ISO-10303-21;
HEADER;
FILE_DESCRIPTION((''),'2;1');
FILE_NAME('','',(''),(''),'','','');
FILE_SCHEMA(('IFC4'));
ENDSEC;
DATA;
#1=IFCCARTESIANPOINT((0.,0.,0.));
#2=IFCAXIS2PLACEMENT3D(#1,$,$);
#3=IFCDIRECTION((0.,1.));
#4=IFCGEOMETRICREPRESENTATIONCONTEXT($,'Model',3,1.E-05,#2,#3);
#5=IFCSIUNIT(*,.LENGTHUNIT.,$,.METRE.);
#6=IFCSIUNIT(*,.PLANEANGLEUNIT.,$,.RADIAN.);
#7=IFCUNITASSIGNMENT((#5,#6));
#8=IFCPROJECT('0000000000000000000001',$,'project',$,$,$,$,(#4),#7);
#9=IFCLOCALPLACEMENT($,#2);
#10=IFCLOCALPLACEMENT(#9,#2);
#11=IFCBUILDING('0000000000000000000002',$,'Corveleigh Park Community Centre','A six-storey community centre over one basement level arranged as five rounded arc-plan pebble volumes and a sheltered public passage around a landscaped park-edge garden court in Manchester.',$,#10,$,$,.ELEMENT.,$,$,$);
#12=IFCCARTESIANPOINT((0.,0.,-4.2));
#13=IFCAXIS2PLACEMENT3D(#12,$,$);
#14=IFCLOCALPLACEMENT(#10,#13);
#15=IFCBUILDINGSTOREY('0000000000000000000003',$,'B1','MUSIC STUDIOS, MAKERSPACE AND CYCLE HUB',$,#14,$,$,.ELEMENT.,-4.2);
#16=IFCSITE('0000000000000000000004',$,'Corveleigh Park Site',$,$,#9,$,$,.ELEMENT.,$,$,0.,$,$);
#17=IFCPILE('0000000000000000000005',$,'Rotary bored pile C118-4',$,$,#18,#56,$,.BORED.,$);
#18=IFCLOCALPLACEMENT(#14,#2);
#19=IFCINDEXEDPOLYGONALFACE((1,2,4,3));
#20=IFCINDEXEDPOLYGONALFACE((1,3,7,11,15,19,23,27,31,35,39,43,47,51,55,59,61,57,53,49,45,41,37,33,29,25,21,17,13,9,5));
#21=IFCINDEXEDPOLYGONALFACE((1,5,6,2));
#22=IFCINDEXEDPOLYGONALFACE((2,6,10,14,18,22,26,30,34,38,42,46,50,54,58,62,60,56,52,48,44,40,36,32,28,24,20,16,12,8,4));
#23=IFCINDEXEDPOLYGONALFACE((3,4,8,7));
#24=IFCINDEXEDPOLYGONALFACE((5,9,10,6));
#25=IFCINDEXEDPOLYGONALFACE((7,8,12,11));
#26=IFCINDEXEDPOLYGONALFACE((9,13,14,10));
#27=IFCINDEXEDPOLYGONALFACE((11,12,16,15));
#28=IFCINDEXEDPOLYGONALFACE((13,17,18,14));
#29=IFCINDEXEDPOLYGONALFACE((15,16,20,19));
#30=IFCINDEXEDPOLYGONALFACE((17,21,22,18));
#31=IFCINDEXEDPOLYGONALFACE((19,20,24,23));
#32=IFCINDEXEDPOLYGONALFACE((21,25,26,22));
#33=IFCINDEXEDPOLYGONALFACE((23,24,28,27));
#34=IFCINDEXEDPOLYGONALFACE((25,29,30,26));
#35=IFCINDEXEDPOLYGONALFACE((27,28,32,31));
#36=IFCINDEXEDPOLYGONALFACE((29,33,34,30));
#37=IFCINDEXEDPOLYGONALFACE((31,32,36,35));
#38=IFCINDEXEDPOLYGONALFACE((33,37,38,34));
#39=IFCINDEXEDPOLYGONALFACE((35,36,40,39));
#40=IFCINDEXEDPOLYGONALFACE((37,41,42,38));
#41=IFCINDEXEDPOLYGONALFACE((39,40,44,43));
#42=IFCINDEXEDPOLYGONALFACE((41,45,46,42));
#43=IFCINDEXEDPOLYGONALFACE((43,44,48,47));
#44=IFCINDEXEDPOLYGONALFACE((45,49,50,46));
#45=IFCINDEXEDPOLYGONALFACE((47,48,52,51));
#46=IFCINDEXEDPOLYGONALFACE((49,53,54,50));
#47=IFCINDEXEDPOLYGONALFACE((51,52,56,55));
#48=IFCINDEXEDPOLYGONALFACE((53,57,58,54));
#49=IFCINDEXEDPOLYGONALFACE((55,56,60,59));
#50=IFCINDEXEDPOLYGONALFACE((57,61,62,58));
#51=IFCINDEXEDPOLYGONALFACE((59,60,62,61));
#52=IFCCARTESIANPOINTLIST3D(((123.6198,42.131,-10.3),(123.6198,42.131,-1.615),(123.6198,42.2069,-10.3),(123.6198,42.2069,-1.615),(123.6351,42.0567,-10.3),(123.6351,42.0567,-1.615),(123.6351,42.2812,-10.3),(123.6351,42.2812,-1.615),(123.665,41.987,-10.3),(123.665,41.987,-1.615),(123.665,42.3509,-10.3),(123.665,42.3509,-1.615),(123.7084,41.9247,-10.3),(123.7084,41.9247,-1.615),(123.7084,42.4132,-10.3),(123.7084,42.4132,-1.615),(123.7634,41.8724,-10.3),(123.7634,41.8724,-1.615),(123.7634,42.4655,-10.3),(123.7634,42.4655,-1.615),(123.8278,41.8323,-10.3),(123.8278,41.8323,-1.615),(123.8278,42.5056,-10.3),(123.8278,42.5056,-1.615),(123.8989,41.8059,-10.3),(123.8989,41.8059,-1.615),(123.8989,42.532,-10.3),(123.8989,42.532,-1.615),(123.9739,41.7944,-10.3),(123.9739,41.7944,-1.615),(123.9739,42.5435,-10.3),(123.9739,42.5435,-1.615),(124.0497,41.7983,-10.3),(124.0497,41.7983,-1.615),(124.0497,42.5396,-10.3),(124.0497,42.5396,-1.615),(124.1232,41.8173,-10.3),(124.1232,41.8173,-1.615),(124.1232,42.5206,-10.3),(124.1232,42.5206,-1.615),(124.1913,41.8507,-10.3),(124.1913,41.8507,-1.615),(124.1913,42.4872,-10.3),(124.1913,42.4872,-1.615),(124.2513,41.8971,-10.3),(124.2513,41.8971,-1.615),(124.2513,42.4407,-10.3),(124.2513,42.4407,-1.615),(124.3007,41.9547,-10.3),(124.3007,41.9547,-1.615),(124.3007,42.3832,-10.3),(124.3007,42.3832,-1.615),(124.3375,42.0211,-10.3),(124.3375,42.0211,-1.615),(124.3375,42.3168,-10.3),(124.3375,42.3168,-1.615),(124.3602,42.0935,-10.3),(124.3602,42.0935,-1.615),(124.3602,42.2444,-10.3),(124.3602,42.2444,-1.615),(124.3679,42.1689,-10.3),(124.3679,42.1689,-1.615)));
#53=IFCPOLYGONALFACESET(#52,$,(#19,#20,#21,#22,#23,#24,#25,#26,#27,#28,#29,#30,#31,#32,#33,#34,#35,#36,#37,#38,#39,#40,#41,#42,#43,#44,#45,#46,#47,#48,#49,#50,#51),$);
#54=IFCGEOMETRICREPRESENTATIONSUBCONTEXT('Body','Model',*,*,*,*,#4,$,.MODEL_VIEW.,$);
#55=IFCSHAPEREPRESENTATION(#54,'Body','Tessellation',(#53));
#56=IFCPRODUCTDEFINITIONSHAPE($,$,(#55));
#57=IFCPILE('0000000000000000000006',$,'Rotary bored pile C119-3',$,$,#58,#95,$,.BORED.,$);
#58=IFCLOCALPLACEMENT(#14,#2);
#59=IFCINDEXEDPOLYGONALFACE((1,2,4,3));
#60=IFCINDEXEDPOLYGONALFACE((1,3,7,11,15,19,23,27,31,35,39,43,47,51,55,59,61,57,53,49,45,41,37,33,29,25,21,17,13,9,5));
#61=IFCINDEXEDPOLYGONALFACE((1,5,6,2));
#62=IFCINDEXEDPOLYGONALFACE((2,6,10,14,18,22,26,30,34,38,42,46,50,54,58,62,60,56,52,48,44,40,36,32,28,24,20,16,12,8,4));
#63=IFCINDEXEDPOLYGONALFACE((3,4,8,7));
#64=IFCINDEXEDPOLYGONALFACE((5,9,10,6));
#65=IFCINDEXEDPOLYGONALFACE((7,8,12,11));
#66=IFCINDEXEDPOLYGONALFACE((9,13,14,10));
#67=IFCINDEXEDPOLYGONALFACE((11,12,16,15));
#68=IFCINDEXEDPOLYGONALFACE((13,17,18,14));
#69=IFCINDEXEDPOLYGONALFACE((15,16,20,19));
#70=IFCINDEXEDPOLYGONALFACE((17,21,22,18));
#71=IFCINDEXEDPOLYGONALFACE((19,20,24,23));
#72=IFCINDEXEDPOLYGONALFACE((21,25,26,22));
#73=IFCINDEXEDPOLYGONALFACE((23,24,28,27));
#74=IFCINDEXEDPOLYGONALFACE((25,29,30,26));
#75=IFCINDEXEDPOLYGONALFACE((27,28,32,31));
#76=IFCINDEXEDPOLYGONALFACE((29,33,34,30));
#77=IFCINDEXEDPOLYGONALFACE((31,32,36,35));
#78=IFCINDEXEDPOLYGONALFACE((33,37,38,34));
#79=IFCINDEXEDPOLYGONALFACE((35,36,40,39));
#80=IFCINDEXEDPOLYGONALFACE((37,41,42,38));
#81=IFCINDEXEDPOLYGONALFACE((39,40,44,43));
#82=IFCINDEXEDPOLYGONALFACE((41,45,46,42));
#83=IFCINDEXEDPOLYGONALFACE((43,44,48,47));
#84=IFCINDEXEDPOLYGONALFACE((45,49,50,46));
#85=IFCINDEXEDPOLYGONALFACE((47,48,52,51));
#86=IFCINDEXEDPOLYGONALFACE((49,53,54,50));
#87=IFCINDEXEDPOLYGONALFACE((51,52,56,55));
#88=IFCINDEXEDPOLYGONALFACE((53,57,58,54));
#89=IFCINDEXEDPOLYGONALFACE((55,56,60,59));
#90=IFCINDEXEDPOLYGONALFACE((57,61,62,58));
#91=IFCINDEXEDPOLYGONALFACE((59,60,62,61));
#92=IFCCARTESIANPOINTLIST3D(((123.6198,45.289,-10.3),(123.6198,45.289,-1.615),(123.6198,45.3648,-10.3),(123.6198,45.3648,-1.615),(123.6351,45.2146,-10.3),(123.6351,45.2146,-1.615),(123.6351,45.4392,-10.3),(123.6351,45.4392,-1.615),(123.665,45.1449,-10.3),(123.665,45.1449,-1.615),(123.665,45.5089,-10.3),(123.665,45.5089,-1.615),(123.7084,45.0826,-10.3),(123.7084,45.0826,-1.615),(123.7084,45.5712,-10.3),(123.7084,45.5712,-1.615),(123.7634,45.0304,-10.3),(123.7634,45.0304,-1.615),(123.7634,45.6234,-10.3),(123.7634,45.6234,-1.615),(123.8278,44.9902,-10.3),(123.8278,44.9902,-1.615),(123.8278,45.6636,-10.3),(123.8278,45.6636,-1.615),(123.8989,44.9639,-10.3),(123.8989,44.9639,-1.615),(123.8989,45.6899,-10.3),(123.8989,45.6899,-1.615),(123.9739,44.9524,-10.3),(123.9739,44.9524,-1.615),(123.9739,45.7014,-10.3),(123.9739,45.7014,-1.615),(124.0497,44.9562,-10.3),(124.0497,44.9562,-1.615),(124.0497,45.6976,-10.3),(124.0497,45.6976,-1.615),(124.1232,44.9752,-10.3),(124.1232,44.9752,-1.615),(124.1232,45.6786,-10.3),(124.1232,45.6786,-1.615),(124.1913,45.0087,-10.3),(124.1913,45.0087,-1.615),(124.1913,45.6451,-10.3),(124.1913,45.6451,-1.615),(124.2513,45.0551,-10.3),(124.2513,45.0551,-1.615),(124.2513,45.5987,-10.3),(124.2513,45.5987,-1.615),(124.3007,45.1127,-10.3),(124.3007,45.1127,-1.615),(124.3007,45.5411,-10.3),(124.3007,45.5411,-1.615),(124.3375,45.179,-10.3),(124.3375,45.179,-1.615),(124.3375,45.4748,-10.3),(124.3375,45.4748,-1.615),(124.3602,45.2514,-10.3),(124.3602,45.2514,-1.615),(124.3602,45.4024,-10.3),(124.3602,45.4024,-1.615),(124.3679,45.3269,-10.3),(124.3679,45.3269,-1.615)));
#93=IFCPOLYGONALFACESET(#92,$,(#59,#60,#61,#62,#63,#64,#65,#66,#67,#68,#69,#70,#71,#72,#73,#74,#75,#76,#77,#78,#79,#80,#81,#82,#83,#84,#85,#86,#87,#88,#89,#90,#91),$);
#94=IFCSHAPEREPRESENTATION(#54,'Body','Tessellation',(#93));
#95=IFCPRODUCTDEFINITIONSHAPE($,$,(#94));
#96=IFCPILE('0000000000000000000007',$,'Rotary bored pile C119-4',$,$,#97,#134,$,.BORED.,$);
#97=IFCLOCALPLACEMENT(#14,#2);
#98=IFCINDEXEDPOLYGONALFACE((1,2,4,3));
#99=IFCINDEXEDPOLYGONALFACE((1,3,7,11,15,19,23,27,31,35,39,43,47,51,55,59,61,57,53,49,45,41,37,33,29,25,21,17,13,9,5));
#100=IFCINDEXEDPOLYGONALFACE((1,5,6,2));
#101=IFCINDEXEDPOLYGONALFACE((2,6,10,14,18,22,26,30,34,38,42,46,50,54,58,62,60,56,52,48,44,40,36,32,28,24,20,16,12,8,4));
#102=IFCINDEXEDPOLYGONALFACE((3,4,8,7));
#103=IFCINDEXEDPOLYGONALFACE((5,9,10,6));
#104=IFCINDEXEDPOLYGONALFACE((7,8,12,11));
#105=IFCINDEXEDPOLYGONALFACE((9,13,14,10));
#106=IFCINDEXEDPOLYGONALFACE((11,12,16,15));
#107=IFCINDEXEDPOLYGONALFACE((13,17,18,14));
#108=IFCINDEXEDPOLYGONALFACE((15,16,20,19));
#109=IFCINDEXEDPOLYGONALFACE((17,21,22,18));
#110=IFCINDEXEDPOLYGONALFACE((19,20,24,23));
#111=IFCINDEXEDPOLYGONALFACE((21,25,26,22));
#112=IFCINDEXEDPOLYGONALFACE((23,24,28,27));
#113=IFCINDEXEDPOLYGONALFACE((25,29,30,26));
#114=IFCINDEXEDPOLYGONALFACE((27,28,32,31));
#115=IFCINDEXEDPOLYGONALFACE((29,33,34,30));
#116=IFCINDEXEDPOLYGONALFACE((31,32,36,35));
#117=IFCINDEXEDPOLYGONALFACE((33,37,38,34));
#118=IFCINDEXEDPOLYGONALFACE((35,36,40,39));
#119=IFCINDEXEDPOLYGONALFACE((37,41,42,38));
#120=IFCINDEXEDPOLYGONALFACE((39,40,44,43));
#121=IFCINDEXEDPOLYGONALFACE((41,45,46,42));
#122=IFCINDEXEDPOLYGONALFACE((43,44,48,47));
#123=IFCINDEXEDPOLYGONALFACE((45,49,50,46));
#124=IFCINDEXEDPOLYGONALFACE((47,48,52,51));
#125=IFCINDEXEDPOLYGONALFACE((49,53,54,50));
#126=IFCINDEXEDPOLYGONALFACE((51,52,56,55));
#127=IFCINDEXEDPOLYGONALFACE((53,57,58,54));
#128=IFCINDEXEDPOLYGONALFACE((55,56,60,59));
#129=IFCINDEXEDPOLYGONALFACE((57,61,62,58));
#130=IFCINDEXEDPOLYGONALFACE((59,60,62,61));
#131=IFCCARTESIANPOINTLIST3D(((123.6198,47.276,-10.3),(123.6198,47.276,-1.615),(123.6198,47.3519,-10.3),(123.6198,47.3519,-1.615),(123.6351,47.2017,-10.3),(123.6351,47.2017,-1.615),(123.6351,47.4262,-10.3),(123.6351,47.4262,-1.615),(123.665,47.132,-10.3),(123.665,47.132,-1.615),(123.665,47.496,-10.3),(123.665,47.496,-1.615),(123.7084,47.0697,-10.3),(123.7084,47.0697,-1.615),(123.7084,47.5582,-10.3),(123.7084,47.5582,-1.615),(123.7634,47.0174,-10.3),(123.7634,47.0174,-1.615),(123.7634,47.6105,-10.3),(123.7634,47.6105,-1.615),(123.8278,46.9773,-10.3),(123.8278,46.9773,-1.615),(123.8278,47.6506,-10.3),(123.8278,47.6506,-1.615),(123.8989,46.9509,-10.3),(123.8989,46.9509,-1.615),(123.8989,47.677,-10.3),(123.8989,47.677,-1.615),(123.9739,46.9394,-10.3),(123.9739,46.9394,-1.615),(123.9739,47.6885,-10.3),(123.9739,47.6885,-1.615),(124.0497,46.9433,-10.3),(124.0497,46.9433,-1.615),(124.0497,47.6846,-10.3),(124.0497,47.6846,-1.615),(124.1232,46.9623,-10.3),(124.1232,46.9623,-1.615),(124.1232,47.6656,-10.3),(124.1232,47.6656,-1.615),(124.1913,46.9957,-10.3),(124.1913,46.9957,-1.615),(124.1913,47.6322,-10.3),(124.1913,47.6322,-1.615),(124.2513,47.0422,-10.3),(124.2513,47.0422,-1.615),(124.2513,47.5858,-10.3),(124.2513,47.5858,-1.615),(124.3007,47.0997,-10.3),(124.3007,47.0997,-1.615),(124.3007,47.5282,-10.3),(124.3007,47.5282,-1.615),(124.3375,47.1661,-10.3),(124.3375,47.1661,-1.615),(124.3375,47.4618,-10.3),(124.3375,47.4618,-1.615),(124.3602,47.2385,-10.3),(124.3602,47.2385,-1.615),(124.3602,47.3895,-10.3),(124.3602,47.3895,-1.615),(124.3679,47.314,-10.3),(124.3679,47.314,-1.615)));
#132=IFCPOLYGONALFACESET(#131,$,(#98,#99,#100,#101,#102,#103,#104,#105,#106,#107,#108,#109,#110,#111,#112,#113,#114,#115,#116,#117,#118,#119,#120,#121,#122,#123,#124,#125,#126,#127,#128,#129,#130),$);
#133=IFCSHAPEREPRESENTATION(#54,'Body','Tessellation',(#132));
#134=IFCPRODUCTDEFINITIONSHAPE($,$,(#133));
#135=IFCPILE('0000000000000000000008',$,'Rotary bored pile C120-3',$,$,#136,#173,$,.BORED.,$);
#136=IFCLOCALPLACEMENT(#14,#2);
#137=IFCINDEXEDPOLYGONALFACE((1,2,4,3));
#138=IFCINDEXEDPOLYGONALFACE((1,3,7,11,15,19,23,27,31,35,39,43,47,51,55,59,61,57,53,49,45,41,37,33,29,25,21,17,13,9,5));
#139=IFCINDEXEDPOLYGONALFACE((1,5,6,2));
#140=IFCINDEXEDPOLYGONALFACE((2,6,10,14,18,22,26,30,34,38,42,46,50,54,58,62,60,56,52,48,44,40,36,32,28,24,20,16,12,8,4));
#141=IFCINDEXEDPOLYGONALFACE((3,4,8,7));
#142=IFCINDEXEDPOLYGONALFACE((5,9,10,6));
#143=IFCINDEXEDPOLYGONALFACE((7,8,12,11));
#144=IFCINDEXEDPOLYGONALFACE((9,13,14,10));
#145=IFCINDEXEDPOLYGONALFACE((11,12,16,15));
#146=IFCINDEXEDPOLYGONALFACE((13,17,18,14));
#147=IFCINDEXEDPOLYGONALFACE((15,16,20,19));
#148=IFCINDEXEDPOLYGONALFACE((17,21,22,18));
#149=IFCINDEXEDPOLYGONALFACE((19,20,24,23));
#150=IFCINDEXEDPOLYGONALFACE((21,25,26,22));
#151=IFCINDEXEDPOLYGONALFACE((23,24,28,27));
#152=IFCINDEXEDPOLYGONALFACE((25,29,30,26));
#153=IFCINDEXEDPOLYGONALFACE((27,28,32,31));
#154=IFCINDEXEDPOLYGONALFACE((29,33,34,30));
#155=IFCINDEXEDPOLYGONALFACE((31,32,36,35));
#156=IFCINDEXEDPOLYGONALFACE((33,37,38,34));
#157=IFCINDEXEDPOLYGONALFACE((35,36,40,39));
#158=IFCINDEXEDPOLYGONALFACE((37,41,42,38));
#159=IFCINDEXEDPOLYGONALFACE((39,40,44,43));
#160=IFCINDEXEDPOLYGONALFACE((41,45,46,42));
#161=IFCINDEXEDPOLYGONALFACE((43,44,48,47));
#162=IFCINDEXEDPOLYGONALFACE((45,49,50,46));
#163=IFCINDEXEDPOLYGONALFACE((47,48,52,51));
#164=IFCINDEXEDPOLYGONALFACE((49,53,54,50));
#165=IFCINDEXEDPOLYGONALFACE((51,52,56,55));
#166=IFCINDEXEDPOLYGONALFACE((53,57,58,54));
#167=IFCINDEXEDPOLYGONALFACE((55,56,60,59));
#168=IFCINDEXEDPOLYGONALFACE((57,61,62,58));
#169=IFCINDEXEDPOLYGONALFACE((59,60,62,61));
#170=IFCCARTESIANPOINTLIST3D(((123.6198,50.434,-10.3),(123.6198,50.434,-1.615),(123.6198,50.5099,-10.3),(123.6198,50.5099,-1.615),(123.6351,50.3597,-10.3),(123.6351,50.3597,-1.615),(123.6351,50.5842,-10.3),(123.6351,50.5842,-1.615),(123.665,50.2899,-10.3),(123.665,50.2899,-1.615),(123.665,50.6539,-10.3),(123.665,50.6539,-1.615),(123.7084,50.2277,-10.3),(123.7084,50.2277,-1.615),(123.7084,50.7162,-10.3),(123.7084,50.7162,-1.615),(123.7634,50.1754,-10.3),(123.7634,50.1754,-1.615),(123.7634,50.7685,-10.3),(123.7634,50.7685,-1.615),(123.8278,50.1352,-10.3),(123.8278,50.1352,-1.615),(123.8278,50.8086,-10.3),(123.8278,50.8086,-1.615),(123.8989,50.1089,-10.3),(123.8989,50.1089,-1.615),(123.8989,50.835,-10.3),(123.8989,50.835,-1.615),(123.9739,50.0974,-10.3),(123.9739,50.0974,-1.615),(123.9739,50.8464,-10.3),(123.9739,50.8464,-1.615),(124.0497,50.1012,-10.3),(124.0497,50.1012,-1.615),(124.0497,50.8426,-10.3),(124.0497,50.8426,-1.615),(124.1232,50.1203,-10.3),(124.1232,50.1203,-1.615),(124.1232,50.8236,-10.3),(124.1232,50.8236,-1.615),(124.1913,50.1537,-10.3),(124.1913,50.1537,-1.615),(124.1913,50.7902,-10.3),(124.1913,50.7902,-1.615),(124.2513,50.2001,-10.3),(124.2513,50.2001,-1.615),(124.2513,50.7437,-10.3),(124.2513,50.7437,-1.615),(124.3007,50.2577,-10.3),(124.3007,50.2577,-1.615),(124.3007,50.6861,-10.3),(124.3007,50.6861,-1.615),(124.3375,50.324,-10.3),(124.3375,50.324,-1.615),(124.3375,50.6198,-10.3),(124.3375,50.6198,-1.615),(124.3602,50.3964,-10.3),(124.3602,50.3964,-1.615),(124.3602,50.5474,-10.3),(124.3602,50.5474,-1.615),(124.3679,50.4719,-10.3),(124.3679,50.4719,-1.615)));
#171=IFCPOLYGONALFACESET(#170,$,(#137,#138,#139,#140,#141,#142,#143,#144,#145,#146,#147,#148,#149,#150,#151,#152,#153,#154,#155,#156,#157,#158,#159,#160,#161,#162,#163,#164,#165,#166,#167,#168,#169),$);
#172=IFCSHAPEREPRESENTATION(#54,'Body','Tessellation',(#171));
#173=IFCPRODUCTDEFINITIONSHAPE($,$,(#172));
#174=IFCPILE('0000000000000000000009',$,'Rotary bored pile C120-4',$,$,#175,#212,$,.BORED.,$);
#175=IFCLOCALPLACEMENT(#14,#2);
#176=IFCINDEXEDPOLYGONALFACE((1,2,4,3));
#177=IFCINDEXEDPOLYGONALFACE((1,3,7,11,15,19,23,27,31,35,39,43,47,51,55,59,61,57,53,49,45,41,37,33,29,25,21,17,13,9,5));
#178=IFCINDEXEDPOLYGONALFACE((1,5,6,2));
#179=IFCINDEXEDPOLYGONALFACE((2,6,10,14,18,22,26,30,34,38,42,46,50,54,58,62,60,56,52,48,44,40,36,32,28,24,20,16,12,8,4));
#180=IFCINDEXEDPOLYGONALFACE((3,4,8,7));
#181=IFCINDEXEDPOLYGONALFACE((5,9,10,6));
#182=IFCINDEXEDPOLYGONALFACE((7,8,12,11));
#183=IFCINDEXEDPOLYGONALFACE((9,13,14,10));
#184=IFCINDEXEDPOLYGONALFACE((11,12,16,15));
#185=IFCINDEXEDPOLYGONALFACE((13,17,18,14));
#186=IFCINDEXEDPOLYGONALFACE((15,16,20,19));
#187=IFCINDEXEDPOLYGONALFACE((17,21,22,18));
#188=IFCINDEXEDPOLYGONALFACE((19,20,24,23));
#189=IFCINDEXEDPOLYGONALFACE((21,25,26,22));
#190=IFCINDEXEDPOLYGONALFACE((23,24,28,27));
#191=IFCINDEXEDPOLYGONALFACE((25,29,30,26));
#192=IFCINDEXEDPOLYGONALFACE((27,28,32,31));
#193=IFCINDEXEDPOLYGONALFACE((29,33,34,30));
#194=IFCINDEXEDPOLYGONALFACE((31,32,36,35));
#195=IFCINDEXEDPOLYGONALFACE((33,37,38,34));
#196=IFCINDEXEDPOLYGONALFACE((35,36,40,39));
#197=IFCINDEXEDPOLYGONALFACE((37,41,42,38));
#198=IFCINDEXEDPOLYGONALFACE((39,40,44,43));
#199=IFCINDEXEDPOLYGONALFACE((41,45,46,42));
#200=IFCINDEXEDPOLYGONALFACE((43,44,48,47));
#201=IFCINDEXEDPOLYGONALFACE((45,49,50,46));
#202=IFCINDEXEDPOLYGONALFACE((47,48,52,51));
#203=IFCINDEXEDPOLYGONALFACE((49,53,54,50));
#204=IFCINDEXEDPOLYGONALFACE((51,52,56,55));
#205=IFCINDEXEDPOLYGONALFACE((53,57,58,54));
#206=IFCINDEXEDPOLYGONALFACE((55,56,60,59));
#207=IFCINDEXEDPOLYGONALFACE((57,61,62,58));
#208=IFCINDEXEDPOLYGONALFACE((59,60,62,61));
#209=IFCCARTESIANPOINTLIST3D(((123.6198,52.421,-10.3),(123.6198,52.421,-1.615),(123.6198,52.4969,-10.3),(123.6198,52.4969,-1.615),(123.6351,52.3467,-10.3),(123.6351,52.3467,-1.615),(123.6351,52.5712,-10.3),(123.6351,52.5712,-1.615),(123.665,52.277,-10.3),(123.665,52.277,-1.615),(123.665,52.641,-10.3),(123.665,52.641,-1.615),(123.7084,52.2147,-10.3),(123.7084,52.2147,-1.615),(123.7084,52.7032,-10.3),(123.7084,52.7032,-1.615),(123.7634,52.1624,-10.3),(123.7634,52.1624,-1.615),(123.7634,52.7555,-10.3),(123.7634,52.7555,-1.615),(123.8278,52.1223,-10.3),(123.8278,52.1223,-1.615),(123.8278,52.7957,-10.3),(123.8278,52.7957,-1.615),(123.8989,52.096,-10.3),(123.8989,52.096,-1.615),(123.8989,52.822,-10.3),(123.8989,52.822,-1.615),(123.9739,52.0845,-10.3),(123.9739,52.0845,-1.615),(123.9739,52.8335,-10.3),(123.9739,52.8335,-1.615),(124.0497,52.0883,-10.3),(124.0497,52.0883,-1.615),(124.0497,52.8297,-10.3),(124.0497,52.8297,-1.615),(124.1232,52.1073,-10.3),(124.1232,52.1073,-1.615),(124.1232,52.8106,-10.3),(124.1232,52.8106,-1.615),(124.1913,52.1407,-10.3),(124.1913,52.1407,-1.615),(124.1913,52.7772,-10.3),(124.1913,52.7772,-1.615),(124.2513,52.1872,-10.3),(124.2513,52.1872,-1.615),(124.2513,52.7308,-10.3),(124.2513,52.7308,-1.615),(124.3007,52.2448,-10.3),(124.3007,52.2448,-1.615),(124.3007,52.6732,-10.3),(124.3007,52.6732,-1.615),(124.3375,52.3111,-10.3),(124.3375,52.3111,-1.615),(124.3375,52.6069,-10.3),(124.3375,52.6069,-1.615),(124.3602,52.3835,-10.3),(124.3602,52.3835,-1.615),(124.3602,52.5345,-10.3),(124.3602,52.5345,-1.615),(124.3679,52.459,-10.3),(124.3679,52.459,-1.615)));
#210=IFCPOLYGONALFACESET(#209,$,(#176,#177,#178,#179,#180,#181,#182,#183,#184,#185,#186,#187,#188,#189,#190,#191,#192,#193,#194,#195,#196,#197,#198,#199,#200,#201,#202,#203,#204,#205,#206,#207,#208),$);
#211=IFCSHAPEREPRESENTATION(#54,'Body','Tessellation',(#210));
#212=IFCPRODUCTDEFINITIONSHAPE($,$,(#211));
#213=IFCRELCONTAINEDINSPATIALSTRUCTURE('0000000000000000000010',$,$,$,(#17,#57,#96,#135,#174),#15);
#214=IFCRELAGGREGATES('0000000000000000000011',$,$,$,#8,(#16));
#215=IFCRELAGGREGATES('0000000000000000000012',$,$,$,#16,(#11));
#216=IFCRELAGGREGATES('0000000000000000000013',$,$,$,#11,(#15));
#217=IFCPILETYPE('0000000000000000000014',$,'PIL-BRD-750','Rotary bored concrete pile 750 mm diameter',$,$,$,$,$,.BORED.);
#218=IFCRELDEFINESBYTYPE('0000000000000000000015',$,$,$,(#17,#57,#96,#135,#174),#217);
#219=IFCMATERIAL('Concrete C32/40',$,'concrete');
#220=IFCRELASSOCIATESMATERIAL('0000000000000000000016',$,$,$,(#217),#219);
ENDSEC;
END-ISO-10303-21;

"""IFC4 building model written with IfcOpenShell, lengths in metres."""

from ifc_helpers import new_model, si_unit, direction, frame, origin, origin_2d, place, context, subcontext, project, spatial, circle, extrude, material, material_profile, profile_set, type_object, element, save


model = new_model("IFC4")

# Units and contexts
model_context = context("Model", 3, precision=1e-05, world=origin(), true_north=direction((0.0, 1.0)))
body_context = subcontext(model_context, "Body", "Model", "MODEL_VIEW")
ifc_project = project(units=[si_unit("LENGTHUNIT", "METRE"), si_unit("PLANEANGLEUNIT", "RADIAN")], contexts=[model_context])

# Site, building, storey
site_placement = place(None, origin())
site = spatial("IfcSite", under=ifc_project, at=site_placement, Name="Corveleigh Park Site", CompositionType="ELEMENT", RefElevation=0.0)
building_placement = place(site_placement, origin())
building = spatial("IfcBuilding", under=site, at=building_placement, Name="Corveleigh Park Community Centre", Description="A six-storey community centre over one basement level arranged as five rounded arc-plan pebble volumes and a sheltered public passage around a landscaped park-edge garden court in Manchester.", CompositionType="ELEMENT")
storey_placement = place(building_placement, frame((0.0, 0.0, -4.2)))
storey = spatial("IfcBuildingStorey", under=building, at=storey_placement, Name="B1", Description="MUSIC STUDIOS, MAKERSPACE AND CYCLE HUB", CompositionType="ELEMENT", Elevation=-4.2)

# Piles
ifc_material_1 = material(Name="Concrete C32/40", Category="concrete")
ifc_material_profile_1 = material_profile(ifc_material_1, circle(Radius=0.375, at=origin_2d()), Name="BORED-PILE-750", Category="concrete")
ifc_profile_set_1 = profile_set([ifc_material_profile_1], Name="Concrete C32/40")
pile_type_1 = type_object("IfcPileType", Name="PIL-BRD-750", Description="Rotary bored concrete pile 750 mm diameter", PredefinedType="BORED", material=ifc_profile_set_1)
for number, where, z_axis, x_axis, name in (
    (1, (123.9929, 42.1689, -1.615), (0.0, 0.0, -1.0), (1.0, 0.0, 0.0), "Rotary bored pile C118-4"),
    (2, (123.9929, 45.3269, -1.615), (0.0, 0.0, -1.0), (1.0, 0.0, 0.0), "Rotary bored pile C119-3"),
    (3, (123.9929, 47.314, -1.615), (0.0, 0.0, -1.0), (1.0, 0.0, 0.0), "Rotary bored pile C119-4"),
    (4, (123.9929, 50.4719, -1.615), (0.0, 0.0, -1.0), (1.0, 0.0, 0.0), "Rotary bored pile C120-3"),
    (5, (123.9929, 52.459, -1.615), (0.0, 0.0, -1.0), (1.0, 0.0, 0.0), "Rotary bored pile C120-4"),
):
    element("IfcPile", number, at=place(storey_placement, frame(where, z_axis=z_axis, x_axis=x_axis)), inside=storey, type_object=pile_type_1, Name=name, PredefinedType="BORED", context=body_context, shape_type="SweptSolid", body=[
        extrude(circle(Radius=0.375, at=origin_2d()), origin(), (0.0, 0.0, 1.0), 8.6851),
    ])

save(model, "model.ifc")
